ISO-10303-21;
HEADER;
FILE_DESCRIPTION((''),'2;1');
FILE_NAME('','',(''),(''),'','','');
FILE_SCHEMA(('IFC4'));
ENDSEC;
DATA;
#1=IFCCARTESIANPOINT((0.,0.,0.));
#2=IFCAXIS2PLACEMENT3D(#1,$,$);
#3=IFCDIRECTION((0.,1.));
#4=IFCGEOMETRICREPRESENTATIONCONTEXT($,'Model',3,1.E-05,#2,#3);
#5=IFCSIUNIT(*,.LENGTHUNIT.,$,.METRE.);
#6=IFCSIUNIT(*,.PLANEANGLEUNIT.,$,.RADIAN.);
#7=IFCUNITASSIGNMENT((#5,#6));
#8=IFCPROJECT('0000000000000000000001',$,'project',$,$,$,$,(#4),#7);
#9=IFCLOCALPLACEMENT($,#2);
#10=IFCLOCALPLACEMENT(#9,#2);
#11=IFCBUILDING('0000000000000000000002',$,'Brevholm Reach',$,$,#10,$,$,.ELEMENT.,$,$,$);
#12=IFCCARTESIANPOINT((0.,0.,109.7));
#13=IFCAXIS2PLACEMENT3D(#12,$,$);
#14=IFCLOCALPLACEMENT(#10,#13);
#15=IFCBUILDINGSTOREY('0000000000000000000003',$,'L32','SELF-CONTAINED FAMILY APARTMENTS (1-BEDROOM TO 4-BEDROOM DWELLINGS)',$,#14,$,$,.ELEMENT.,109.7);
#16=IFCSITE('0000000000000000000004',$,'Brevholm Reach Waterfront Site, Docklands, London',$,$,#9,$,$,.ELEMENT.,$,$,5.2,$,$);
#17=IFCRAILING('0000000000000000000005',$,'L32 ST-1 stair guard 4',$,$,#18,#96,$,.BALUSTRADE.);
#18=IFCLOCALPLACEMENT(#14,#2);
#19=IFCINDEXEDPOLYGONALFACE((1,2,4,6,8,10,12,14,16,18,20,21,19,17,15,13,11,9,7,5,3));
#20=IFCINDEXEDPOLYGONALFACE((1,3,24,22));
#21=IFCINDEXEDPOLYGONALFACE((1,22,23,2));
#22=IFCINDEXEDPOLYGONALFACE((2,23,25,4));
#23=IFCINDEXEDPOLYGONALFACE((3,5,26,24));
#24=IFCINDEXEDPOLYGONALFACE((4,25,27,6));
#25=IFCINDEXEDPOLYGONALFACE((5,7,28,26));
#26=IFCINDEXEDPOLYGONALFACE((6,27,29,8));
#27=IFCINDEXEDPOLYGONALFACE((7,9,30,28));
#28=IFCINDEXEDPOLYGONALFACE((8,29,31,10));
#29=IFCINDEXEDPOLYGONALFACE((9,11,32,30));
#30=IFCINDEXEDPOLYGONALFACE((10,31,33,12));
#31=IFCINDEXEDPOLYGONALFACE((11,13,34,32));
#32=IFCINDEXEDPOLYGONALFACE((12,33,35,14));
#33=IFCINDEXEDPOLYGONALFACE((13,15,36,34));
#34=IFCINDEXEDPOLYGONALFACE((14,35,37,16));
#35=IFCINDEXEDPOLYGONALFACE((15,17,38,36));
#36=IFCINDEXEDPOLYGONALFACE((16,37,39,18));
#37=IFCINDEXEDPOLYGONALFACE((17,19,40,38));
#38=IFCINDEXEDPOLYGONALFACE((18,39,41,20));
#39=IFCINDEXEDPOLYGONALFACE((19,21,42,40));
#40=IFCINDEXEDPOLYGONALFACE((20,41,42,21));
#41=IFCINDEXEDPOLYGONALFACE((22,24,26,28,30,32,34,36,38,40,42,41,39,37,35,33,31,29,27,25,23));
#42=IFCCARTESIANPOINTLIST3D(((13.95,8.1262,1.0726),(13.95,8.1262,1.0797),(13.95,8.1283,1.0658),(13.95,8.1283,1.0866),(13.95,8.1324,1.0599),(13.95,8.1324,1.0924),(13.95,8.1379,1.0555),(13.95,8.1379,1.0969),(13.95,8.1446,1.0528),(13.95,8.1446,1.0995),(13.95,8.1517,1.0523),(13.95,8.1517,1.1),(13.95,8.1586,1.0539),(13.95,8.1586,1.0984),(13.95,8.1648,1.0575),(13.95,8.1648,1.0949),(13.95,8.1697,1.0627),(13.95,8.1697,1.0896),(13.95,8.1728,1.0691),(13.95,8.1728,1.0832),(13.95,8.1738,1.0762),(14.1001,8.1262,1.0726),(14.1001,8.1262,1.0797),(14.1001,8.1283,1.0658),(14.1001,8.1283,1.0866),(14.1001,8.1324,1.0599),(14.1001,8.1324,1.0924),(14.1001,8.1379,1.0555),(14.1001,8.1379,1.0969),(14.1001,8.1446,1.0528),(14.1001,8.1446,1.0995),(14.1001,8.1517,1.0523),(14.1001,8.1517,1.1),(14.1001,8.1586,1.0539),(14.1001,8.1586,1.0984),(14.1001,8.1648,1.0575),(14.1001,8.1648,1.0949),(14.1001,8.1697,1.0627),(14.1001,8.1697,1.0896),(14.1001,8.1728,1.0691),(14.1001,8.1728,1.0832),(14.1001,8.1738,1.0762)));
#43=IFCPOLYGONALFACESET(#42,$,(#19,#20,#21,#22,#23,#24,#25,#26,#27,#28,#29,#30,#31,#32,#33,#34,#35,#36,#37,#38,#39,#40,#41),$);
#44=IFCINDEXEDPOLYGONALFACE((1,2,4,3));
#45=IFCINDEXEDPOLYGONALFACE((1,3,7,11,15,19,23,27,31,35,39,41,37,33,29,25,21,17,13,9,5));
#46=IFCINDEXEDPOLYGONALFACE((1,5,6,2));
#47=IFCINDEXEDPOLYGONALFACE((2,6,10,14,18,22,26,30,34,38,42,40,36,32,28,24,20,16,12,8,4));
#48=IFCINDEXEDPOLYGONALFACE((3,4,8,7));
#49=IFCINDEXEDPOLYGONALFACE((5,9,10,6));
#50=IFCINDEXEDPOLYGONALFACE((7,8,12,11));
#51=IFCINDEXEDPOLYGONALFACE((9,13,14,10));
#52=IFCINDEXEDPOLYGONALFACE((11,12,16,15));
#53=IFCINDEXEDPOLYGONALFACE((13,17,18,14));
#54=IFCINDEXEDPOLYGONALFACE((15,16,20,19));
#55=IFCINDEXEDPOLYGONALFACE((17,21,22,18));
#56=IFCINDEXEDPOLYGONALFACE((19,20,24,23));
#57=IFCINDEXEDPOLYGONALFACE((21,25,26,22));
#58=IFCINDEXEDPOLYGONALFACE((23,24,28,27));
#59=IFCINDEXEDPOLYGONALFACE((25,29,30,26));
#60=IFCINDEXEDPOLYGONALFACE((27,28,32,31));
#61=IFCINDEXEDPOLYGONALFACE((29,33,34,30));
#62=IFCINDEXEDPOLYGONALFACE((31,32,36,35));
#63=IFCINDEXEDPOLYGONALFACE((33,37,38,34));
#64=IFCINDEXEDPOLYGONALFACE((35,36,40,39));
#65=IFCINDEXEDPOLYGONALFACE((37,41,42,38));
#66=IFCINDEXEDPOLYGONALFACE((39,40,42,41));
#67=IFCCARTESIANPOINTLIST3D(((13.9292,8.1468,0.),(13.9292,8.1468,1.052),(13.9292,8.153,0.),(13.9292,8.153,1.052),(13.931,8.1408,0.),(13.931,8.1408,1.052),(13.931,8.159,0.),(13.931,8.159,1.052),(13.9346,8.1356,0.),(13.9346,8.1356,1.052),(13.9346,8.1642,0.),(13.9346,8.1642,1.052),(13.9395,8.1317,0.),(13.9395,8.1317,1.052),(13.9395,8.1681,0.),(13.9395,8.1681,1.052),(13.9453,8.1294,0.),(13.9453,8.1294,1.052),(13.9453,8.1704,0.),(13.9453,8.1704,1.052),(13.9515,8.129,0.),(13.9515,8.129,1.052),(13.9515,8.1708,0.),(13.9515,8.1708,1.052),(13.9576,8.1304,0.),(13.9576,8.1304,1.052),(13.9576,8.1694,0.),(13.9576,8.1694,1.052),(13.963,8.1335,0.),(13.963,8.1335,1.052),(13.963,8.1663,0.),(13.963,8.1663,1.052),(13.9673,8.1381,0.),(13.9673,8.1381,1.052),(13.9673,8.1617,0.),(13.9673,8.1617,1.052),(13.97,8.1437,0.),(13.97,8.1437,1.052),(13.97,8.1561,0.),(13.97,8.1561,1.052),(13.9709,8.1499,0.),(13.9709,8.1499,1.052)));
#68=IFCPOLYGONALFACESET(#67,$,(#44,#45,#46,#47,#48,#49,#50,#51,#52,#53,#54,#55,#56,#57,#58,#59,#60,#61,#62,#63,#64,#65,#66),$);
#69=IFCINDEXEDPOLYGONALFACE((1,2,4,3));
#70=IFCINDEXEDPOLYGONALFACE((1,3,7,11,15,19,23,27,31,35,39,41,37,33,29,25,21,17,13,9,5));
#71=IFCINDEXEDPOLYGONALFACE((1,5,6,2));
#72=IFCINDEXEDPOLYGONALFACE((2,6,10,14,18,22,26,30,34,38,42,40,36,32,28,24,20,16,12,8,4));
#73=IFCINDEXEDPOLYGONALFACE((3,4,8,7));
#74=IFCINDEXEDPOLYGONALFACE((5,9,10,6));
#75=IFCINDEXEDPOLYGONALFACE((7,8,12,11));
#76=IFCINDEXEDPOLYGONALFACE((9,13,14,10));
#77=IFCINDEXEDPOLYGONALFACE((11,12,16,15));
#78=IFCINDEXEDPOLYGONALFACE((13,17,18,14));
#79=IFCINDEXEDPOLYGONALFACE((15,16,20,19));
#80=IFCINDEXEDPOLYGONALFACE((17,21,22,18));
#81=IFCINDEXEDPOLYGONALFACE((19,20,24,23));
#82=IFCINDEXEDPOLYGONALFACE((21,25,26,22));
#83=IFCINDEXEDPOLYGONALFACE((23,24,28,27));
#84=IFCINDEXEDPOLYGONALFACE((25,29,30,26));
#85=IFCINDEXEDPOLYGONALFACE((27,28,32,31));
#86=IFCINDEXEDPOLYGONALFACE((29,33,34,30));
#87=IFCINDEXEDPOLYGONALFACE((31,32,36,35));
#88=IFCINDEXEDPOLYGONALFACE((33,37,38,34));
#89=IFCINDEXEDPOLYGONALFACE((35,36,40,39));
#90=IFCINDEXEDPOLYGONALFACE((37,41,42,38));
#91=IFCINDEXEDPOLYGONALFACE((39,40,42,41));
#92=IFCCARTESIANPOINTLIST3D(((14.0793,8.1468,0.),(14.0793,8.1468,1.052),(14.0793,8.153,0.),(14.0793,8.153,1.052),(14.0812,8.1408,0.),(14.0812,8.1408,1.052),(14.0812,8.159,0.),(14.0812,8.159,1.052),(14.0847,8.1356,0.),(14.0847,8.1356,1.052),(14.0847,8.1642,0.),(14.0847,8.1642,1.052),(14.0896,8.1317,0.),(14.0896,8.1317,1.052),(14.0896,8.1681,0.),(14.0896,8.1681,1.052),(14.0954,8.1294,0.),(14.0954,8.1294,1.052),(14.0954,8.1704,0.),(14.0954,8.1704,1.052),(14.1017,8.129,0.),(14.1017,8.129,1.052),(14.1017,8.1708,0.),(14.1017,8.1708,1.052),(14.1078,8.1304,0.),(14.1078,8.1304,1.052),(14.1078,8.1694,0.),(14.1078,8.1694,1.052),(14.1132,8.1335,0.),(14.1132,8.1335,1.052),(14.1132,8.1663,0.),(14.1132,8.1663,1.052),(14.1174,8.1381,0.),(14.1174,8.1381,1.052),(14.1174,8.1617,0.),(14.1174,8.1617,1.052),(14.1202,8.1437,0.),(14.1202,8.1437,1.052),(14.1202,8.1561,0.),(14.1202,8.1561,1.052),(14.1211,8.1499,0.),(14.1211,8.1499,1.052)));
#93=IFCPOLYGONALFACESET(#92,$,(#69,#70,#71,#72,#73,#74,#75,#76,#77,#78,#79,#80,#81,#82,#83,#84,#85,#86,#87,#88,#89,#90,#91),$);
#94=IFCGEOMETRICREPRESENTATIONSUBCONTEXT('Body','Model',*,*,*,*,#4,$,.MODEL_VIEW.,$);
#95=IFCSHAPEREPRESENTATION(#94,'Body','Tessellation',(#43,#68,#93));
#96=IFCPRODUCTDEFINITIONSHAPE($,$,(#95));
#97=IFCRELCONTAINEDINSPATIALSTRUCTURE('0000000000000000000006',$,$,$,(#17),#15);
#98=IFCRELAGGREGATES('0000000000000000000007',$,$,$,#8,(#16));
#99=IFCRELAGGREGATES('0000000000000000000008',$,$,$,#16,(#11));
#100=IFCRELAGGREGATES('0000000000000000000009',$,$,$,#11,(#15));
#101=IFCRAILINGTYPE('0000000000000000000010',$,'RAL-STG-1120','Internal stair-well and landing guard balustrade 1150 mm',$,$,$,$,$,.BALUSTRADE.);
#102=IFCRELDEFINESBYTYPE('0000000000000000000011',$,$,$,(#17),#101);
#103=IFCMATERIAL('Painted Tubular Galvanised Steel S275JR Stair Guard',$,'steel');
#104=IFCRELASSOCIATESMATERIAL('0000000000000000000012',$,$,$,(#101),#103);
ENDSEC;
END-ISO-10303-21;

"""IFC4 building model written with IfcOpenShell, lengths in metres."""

from ifc_helpers import new_model, si_unit, direction, frame, origin, origin_2d, place, context, subcontext, project, spatial, circle, extrude, material, type_object, element, save


model = new_model("IFC4")

# Units and contexts
model_context = context("Model", 3, precision=1e-05, world=origin(), true_north=direction((0.0, 1.0)))
body_context = subcontext(model_context, "Body", "Model", "MODEL_VIEW")
ifc_project = project(units=[si_unit("LENGTHUNIT", "METRE"), si_unit("PLANEANGLEUNIT", "RADIAN")], contexts=[model_context])

# Site, building, storey
site_placement = place(None, origin())
site = spatial("IfcSite", under=ifc_project, at=site_placement, Name="Brevholm Reach Waterfront Site, Docklands, London", CompositionType="ELEMENT", RefElevation=5.2)
building_placement = place(site_placement, origin())
building = spatial("IfcBuilding", under=site, at=building_placement, Name="Brevholm Reach", CompositionType="ELEMENT")
storey_placement = place(building_placement, frame((0.0, 0.0, 109.7)))
storey = spatial("IfcBuildingStorey", under=building, at=storey_placement, Name="L32", Description="SELF-CONTAINED FAMILY APARTMENTS (1-BEDROOM TO 4-BEDROOM DWELLINGS)", CompositionType="ELEMENT", Elevation=109.7)

# Railing
ifc_material_1 = material(Name="Painted Tubular Galvanised Steel S275JR Stair Guard", Category="steel")
railing_type = type_object("IfcRailingType", Name="RAL-STG-1120", Description="Internal stair-well and landing guard balustrade 1150 mm", PredefinedType="BALUSTRADE", material=ifc_material_1)
railing_1_placement = place(storey_placement, frame((13.95, 8.1499, 0.0)))
element("IfcRailing", 1, at=railing_1_placement, inside=storey, type_object=railing_type, Name="L32 ST-1 stair guard 4", PredefinedType="BALUSTRADE", context=body_context, shape_type="SweptSolid", body=[
    extrude(circle(Radius=0.0239, at=origin_2d()), frame((0.0, 0.0, 1.0762), z_axis=(1.0, 0.0, 0.0), x_axis=(0.0, 1.0, 0.0)), (0.0, 0.0, 1.0), 0.1501),
    extrude(circle(Radius=0.021, at=origin_2d()), origin(), (0.0, 0.0, 1.0), 1.052),
    extrude(circle(Radius=0.021, at=origin_2d()), frame((0.1501, 0.0, 0.0)), (0.0, 0.0, 1.0), 1.052),
])

save(model, "model.ifc")
